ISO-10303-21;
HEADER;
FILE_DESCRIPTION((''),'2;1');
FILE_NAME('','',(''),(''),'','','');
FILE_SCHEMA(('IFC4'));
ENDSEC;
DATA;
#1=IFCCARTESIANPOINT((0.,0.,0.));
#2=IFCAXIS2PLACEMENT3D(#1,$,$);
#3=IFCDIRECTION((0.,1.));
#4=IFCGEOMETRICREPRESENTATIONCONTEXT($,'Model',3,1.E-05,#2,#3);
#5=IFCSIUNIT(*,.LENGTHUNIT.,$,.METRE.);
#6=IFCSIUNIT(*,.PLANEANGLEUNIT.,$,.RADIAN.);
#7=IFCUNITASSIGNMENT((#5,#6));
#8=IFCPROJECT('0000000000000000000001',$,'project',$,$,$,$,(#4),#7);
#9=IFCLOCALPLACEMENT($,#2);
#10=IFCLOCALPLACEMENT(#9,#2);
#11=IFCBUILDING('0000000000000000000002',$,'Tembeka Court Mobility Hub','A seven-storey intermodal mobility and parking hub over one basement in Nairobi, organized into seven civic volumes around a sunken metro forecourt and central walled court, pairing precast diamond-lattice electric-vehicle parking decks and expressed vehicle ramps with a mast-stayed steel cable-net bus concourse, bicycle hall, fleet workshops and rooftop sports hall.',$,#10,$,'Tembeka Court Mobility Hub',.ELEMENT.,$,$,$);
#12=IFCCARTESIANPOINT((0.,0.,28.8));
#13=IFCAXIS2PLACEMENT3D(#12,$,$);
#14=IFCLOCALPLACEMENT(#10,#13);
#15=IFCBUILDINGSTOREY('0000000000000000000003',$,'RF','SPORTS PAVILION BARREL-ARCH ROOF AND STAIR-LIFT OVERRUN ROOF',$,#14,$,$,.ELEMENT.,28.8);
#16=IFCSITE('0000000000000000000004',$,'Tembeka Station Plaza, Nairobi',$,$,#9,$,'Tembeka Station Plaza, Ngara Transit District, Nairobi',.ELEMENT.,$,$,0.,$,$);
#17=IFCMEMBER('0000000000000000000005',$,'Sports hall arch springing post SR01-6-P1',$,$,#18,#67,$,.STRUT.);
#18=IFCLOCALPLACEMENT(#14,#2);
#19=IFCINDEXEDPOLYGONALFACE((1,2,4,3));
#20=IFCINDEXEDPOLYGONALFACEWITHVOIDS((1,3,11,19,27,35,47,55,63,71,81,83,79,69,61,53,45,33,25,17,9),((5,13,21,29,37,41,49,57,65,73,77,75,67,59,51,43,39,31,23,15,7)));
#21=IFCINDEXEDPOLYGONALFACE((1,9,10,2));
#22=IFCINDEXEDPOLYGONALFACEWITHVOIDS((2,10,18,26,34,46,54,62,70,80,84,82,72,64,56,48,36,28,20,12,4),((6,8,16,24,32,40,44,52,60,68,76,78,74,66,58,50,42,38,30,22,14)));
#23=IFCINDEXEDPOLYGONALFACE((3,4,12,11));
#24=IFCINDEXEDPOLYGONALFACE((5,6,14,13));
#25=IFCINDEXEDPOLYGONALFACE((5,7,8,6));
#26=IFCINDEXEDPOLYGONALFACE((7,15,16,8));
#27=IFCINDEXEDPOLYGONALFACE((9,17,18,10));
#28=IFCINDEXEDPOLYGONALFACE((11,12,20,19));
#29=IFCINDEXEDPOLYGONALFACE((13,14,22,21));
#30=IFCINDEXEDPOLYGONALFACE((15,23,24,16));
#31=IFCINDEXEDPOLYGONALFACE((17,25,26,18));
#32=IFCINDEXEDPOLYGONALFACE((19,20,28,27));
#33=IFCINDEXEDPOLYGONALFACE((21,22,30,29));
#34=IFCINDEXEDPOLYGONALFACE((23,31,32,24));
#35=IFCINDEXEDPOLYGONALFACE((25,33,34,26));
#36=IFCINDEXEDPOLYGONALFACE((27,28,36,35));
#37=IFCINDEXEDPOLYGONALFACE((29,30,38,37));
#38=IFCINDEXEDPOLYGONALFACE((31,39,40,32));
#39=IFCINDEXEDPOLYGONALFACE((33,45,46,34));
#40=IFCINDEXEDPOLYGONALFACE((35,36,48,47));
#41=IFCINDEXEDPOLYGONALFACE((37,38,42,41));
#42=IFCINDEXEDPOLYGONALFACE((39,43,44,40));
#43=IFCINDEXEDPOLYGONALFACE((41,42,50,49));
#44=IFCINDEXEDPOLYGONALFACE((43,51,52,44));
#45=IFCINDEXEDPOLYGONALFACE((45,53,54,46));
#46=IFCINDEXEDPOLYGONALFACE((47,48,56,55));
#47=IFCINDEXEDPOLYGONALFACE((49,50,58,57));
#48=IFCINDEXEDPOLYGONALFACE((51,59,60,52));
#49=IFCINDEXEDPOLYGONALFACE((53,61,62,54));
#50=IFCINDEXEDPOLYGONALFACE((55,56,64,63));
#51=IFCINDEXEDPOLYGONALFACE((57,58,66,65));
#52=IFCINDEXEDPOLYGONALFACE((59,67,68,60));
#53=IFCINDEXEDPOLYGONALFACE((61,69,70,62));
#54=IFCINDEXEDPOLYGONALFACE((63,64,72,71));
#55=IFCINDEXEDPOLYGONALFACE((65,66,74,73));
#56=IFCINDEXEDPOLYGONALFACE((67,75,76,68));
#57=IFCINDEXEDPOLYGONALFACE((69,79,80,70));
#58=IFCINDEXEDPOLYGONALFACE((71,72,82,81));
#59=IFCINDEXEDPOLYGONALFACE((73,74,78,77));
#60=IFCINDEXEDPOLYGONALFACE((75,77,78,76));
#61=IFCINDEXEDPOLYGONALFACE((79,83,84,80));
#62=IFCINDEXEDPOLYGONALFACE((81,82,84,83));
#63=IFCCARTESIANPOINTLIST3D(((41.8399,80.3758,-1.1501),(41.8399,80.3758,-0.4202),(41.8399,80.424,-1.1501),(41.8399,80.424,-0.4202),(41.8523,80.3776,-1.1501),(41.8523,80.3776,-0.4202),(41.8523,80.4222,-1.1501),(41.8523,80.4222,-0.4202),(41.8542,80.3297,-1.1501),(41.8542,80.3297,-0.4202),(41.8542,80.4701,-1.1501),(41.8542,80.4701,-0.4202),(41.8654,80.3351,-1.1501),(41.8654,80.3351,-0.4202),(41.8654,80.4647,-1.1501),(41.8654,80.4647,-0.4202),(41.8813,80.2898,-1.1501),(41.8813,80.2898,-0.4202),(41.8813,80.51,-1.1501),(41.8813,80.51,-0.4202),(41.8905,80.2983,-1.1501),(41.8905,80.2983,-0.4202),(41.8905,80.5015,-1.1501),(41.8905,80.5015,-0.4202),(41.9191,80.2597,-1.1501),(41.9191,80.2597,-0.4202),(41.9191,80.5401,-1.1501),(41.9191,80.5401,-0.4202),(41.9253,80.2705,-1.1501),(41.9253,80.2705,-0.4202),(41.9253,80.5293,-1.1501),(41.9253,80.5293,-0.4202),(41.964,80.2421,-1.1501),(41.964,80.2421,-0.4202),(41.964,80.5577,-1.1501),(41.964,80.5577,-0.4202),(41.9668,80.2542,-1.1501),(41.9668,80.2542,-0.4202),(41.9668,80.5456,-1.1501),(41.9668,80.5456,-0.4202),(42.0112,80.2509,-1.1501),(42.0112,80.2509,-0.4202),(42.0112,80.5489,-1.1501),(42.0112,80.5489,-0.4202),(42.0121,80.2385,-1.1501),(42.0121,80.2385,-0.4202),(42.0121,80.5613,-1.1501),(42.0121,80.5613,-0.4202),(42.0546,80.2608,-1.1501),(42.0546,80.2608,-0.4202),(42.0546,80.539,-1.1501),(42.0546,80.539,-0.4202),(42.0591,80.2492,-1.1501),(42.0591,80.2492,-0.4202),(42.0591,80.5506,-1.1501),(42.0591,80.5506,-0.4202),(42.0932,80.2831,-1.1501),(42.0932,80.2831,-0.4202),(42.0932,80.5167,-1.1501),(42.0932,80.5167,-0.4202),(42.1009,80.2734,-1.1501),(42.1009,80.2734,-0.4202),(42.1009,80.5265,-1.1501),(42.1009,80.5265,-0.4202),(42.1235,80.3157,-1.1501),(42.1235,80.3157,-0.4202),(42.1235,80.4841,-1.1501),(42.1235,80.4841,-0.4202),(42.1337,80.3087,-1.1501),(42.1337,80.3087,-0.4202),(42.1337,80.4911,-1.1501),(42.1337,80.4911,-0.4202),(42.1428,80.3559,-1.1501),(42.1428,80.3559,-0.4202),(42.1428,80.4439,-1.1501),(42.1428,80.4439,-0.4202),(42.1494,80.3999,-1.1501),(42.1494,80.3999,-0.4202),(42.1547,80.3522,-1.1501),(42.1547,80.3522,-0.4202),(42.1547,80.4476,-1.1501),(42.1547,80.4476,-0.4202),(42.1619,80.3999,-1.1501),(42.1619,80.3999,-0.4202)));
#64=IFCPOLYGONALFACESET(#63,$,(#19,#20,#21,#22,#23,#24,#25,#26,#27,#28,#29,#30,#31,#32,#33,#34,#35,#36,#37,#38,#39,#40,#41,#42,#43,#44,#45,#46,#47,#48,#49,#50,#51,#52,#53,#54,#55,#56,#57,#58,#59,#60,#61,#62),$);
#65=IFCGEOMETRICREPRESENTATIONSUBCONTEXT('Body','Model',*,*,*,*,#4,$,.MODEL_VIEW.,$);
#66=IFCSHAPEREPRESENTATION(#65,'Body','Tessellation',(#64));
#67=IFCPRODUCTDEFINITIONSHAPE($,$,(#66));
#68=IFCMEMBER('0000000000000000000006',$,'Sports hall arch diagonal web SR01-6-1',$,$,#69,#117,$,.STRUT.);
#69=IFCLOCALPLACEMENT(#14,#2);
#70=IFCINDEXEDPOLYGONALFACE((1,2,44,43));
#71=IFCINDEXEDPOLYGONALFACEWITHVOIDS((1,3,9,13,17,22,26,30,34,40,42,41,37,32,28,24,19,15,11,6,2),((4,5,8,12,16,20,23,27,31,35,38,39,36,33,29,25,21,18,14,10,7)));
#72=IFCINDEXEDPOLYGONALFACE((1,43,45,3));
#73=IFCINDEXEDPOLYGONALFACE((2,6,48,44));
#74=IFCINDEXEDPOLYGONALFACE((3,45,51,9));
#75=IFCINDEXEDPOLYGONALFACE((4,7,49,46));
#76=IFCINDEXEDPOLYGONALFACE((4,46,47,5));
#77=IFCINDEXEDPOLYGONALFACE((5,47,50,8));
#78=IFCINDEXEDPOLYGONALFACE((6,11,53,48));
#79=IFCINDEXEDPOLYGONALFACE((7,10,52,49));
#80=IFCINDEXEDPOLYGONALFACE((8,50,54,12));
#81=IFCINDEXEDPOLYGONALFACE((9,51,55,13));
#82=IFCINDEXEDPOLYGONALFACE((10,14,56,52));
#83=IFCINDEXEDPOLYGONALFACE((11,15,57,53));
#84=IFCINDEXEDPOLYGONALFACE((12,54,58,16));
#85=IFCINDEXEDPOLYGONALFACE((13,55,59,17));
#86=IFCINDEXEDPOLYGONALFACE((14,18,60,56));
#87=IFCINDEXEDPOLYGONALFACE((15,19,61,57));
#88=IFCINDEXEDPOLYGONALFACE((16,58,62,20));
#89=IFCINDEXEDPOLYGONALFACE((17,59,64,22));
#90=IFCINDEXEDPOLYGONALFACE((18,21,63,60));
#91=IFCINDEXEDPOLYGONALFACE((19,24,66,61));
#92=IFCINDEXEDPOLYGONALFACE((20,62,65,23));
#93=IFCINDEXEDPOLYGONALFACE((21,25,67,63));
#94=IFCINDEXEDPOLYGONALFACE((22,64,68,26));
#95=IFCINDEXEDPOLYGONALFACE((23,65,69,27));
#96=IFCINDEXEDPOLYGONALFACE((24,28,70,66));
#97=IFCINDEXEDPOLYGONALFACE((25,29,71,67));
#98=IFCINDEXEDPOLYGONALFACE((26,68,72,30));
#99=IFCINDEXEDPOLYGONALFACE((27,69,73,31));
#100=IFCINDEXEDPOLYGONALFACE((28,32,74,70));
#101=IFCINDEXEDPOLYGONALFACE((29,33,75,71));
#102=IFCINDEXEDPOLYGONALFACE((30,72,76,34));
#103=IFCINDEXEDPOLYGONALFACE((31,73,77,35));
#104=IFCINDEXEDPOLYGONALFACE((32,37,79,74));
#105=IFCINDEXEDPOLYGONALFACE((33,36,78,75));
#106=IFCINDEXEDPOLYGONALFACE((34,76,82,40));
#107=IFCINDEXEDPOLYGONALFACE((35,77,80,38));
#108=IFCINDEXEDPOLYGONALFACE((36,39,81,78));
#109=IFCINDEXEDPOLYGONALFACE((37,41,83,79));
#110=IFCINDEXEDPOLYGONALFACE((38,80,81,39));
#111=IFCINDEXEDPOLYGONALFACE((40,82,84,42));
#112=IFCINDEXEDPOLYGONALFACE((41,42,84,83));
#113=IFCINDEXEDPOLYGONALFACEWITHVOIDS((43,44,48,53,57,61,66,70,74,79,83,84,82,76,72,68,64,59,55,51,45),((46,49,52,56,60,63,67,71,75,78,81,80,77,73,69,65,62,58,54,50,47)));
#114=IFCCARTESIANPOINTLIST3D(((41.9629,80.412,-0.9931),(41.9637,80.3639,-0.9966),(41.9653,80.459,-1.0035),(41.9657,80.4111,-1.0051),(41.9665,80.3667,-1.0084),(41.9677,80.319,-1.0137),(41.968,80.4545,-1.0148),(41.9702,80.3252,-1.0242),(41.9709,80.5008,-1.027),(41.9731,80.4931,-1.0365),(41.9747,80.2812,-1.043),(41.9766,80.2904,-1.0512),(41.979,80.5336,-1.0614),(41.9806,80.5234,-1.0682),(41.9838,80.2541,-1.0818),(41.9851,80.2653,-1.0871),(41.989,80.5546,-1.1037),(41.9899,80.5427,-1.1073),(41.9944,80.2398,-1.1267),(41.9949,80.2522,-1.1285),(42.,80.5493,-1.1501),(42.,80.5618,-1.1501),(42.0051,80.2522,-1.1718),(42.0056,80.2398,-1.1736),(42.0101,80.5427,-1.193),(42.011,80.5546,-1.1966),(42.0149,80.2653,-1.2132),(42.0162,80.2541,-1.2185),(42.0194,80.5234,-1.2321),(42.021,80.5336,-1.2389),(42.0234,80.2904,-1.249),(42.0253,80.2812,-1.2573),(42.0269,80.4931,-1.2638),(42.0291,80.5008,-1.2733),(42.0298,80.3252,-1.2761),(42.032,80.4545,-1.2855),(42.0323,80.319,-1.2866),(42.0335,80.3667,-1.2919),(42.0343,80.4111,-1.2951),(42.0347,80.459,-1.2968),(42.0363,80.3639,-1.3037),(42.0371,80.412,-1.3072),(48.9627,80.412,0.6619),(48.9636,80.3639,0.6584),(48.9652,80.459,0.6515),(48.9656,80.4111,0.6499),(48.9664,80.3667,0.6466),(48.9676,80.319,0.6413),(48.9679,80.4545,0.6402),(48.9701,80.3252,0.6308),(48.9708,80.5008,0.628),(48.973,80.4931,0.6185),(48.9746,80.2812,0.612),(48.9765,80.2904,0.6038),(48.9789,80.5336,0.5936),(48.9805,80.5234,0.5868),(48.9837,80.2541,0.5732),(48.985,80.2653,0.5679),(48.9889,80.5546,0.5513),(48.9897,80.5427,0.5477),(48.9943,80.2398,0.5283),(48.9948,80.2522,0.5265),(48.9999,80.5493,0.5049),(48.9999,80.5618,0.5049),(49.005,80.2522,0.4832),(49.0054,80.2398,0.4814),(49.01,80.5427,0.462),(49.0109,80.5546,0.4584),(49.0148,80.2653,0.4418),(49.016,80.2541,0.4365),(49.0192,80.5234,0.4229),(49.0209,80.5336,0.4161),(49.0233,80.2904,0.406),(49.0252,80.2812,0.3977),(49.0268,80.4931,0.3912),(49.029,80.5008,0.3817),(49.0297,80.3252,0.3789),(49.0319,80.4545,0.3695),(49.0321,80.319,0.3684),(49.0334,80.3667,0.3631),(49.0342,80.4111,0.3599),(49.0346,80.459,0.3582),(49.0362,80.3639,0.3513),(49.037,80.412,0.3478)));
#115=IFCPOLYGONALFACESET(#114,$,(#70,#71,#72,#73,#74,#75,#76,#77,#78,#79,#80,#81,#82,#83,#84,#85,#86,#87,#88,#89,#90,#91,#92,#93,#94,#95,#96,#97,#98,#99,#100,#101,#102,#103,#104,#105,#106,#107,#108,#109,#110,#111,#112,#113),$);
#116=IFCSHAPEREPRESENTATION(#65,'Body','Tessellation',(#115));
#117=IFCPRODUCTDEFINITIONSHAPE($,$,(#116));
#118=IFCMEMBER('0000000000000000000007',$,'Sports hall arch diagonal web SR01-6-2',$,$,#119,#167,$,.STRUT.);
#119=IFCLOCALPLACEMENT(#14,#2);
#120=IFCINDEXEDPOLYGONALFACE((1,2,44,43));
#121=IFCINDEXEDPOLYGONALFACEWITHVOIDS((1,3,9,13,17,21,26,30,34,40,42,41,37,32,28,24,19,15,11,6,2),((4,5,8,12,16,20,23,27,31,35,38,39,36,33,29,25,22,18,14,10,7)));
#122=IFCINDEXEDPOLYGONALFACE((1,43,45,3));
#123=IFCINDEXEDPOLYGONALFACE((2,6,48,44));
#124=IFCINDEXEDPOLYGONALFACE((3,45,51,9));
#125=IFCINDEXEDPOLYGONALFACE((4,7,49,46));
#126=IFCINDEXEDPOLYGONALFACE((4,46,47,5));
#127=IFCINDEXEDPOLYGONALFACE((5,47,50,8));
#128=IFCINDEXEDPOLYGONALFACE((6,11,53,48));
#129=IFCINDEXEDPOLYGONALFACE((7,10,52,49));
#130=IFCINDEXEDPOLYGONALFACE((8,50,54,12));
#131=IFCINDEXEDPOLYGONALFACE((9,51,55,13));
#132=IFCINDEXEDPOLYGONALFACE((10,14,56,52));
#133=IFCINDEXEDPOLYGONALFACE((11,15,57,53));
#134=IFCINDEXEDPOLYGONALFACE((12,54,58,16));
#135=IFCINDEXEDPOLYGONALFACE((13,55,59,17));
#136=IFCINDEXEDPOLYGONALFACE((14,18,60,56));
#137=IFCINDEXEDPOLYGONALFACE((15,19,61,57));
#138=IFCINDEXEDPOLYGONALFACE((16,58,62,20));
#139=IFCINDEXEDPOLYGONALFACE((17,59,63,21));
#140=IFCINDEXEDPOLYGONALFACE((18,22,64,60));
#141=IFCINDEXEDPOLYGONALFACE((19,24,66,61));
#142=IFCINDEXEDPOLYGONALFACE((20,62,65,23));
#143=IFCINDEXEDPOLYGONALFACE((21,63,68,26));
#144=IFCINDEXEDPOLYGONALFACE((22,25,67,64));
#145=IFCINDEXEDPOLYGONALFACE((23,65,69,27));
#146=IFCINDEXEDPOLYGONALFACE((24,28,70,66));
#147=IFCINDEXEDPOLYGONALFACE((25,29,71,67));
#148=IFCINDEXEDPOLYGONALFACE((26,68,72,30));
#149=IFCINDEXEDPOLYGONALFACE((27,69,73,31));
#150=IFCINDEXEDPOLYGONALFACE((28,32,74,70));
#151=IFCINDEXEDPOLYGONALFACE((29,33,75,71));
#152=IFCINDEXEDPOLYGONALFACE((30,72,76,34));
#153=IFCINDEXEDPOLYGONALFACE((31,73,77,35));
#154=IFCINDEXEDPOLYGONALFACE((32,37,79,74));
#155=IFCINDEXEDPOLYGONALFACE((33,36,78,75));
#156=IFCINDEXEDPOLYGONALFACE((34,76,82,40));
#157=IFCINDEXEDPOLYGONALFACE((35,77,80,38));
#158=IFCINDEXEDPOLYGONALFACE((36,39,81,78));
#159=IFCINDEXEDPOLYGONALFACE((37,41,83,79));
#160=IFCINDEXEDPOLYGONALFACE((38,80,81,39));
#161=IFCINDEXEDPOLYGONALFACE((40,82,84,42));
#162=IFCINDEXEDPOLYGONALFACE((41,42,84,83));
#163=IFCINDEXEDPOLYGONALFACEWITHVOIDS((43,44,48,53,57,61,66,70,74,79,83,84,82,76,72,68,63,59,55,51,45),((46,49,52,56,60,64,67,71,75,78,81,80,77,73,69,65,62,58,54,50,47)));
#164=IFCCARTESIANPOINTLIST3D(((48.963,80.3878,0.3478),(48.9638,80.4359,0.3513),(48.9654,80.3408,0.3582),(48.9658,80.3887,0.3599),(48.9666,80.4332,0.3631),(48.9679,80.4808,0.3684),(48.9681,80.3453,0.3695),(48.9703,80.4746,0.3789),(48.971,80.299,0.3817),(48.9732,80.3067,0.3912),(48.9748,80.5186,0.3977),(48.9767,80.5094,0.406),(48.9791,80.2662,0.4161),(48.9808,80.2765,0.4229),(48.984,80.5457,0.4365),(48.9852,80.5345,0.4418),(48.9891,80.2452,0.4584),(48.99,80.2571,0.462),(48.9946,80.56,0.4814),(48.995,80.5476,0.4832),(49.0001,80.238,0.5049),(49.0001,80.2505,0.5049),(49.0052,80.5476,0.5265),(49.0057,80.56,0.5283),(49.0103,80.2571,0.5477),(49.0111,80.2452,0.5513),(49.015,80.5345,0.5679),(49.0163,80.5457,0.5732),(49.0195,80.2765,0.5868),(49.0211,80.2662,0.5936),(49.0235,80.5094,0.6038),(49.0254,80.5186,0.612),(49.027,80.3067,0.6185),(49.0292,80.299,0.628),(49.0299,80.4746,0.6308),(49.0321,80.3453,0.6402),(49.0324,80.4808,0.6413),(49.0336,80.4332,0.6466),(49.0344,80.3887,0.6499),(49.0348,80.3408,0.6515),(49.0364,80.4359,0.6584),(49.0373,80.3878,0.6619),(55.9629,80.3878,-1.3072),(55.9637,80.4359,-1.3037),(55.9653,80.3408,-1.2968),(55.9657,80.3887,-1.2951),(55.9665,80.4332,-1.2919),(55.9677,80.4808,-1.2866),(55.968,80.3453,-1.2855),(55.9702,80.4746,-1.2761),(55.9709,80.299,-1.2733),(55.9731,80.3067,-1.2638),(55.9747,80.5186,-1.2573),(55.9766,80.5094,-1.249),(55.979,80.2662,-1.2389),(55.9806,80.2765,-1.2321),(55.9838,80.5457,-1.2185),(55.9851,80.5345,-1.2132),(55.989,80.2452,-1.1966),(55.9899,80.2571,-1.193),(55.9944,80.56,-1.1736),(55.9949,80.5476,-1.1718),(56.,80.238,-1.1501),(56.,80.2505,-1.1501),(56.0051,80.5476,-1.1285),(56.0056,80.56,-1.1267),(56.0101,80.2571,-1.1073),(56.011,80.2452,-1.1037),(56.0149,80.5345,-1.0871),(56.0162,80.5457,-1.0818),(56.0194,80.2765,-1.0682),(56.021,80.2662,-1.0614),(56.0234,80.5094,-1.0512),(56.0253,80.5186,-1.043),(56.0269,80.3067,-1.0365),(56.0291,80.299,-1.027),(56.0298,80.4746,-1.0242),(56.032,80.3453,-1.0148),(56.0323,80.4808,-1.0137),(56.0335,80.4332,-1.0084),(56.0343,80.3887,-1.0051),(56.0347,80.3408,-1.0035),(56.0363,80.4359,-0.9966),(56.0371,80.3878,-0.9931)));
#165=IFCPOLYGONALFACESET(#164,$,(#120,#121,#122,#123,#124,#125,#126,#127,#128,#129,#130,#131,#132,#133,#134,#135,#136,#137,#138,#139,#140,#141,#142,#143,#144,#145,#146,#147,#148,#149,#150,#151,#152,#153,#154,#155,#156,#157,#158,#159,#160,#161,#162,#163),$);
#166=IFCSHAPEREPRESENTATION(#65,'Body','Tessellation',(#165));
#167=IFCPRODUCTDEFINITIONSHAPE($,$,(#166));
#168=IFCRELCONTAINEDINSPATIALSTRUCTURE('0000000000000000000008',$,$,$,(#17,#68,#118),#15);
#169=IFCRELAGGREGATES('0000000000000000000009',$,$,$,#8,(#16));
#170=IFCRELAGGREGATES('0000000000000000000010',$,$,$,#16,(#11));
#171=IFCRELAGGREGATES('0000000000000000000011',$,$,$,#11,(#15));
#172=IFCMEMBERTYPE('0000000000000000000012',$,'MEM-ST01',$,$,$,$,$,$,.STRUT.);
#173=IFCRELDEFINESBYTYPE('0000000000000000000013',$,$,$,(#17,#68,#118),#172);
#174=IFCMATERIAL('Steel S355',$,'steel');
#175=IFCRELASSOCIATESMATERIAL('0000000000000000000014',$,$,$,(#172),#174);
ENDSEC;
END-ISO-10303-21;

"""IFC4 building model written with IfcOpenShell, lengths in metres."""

from ifc_helpers import new_model, si_unit, direction, frame, origin, origin_2d, place, context, subcontext, project, spatial, hollow_circle, extrude, material, material_profile, profile_set, type_object, element, save


model = new_model("IFC4")

# Units and contexts
model_context = context("Model", 3, precision=1e-05, world=origin(), true_north=direction((0.0, 1.0)))
body_context = subcontext(model_context, "Body", "Model", "MODEL_VIEW")
ifc_project = project(units=[si_unit("LENGTHUNIT", "METRE"), si_unit("PLANEANGLEUNIT", "RADIAN")], contexts=[model_context])

# Site, building, storey
site_placement = place(None, origin())
site = spatial("IfcSite", under=ifc_project, at=site_placement, Name="Tembeka Station Plaza, Nairobi", LongName="Tembeka Station Plaza, Ngara Transit District, Nairobi", CompositionType="ELEMENT", RefElevation=0.0)
building_placement = place(site_placement, origin())
building = spatial("IfcBuilding", under=site, at=building_placement, Name="Tembeka Court Mobility Hub", Description="A seven-storey intermodal mobility and parking hub over one basement in Nairobi, organized into seven civic volumes around a sunken metro forecourt and central walled court, pairing precast diamond-lattice electric-vehicle parking decks and expressed vehicle ramps with a mast-stayed steel cable-net bus concourse, bicycle hall, fleet workshops and rooftop sports hall.", LongName="Tembeka Court Mobility Hub", CompositionType="ELEMENT")
storey_placement = place(building_placement, frame((0.0, 0.0, 28.8)))
storey = spatial("IfcBuildingStorey", under=building, at=storey_placement, Name="RF", Description="SPORTS PAVILION BARREL-ARCH ROOF AND STAIR-LIFT OVERRUN ROOF", CompositionType="ELEMENT", Elevation=28.8)

# Shared definitions
ifc_material_1 = material(Name="Steel S355", Category="steel")

# Members
ifc_material_profile_1 = material_profile(ifc_material_1, hollow_circle(Radius=0.1619, WallThickness=0.0125, at=origin_2d()), Name="CHS 323.9x12.5")
ifc_profile_set_1 = profile_set([ifc_material_profile_1], Name="Steel S355")
member_type = type_object("IfcMemberType", Name="MEM-ST01", PredefinedType="STRUT", material=ifc_profile_set_1)
member_1_placement = place(storey_placement, frame((42.0, 80.3999, -1.1501), z_axis=(0.0, 0.0, 1.0), x_axis=(1.0, 0.0, 0.0)))
element("IfcMember", 1, at=member_1_placement, inside=storey, type_object=member_type, Name="Sports hall arch springing post SR01-6-P1", PredefinedType="STRUT", context=body_context, shape_type="SweptSolid", body=[
    extrude(hollow_circle(Radius=0.1619, WallThickness=0.0125, at=origin_2d()), origin(), (0.0, 0.0, 1.0), 0.73),
])
for number, where, z_axis, x_axis, name in (
    (2, (42.0, 80.3999, -1.1501), (0.97317, 0.0, 0.230089), (0.0, 1.0, 0.0), "Sports hall arch diagonal web SR01-6-1"),
    (3, (56.0, 80.3999, -1.1501), (-0.97317, 0.0, 0.230089), (0.0, -1.0, 0.0), "Sports hall arch diagonal web SR01-6-2"),
):
    element("IfcMember", number, at=place(storey_placement, frame(where, z_axis=z_axis, x_axis=x_axis)), inside=storey, type_object=member_type, Name=name, PredefinedType="STRUT", context=body_context, shape_type="SweptSolid", body=[
        extrude(hollow_circle(Radius=0.1619, WallThickness=0.0125, at=origin_2d()), origin(), (0.0, 0.0, 1.0), 7.1929),
    ])

save(model, "model.ifc")
